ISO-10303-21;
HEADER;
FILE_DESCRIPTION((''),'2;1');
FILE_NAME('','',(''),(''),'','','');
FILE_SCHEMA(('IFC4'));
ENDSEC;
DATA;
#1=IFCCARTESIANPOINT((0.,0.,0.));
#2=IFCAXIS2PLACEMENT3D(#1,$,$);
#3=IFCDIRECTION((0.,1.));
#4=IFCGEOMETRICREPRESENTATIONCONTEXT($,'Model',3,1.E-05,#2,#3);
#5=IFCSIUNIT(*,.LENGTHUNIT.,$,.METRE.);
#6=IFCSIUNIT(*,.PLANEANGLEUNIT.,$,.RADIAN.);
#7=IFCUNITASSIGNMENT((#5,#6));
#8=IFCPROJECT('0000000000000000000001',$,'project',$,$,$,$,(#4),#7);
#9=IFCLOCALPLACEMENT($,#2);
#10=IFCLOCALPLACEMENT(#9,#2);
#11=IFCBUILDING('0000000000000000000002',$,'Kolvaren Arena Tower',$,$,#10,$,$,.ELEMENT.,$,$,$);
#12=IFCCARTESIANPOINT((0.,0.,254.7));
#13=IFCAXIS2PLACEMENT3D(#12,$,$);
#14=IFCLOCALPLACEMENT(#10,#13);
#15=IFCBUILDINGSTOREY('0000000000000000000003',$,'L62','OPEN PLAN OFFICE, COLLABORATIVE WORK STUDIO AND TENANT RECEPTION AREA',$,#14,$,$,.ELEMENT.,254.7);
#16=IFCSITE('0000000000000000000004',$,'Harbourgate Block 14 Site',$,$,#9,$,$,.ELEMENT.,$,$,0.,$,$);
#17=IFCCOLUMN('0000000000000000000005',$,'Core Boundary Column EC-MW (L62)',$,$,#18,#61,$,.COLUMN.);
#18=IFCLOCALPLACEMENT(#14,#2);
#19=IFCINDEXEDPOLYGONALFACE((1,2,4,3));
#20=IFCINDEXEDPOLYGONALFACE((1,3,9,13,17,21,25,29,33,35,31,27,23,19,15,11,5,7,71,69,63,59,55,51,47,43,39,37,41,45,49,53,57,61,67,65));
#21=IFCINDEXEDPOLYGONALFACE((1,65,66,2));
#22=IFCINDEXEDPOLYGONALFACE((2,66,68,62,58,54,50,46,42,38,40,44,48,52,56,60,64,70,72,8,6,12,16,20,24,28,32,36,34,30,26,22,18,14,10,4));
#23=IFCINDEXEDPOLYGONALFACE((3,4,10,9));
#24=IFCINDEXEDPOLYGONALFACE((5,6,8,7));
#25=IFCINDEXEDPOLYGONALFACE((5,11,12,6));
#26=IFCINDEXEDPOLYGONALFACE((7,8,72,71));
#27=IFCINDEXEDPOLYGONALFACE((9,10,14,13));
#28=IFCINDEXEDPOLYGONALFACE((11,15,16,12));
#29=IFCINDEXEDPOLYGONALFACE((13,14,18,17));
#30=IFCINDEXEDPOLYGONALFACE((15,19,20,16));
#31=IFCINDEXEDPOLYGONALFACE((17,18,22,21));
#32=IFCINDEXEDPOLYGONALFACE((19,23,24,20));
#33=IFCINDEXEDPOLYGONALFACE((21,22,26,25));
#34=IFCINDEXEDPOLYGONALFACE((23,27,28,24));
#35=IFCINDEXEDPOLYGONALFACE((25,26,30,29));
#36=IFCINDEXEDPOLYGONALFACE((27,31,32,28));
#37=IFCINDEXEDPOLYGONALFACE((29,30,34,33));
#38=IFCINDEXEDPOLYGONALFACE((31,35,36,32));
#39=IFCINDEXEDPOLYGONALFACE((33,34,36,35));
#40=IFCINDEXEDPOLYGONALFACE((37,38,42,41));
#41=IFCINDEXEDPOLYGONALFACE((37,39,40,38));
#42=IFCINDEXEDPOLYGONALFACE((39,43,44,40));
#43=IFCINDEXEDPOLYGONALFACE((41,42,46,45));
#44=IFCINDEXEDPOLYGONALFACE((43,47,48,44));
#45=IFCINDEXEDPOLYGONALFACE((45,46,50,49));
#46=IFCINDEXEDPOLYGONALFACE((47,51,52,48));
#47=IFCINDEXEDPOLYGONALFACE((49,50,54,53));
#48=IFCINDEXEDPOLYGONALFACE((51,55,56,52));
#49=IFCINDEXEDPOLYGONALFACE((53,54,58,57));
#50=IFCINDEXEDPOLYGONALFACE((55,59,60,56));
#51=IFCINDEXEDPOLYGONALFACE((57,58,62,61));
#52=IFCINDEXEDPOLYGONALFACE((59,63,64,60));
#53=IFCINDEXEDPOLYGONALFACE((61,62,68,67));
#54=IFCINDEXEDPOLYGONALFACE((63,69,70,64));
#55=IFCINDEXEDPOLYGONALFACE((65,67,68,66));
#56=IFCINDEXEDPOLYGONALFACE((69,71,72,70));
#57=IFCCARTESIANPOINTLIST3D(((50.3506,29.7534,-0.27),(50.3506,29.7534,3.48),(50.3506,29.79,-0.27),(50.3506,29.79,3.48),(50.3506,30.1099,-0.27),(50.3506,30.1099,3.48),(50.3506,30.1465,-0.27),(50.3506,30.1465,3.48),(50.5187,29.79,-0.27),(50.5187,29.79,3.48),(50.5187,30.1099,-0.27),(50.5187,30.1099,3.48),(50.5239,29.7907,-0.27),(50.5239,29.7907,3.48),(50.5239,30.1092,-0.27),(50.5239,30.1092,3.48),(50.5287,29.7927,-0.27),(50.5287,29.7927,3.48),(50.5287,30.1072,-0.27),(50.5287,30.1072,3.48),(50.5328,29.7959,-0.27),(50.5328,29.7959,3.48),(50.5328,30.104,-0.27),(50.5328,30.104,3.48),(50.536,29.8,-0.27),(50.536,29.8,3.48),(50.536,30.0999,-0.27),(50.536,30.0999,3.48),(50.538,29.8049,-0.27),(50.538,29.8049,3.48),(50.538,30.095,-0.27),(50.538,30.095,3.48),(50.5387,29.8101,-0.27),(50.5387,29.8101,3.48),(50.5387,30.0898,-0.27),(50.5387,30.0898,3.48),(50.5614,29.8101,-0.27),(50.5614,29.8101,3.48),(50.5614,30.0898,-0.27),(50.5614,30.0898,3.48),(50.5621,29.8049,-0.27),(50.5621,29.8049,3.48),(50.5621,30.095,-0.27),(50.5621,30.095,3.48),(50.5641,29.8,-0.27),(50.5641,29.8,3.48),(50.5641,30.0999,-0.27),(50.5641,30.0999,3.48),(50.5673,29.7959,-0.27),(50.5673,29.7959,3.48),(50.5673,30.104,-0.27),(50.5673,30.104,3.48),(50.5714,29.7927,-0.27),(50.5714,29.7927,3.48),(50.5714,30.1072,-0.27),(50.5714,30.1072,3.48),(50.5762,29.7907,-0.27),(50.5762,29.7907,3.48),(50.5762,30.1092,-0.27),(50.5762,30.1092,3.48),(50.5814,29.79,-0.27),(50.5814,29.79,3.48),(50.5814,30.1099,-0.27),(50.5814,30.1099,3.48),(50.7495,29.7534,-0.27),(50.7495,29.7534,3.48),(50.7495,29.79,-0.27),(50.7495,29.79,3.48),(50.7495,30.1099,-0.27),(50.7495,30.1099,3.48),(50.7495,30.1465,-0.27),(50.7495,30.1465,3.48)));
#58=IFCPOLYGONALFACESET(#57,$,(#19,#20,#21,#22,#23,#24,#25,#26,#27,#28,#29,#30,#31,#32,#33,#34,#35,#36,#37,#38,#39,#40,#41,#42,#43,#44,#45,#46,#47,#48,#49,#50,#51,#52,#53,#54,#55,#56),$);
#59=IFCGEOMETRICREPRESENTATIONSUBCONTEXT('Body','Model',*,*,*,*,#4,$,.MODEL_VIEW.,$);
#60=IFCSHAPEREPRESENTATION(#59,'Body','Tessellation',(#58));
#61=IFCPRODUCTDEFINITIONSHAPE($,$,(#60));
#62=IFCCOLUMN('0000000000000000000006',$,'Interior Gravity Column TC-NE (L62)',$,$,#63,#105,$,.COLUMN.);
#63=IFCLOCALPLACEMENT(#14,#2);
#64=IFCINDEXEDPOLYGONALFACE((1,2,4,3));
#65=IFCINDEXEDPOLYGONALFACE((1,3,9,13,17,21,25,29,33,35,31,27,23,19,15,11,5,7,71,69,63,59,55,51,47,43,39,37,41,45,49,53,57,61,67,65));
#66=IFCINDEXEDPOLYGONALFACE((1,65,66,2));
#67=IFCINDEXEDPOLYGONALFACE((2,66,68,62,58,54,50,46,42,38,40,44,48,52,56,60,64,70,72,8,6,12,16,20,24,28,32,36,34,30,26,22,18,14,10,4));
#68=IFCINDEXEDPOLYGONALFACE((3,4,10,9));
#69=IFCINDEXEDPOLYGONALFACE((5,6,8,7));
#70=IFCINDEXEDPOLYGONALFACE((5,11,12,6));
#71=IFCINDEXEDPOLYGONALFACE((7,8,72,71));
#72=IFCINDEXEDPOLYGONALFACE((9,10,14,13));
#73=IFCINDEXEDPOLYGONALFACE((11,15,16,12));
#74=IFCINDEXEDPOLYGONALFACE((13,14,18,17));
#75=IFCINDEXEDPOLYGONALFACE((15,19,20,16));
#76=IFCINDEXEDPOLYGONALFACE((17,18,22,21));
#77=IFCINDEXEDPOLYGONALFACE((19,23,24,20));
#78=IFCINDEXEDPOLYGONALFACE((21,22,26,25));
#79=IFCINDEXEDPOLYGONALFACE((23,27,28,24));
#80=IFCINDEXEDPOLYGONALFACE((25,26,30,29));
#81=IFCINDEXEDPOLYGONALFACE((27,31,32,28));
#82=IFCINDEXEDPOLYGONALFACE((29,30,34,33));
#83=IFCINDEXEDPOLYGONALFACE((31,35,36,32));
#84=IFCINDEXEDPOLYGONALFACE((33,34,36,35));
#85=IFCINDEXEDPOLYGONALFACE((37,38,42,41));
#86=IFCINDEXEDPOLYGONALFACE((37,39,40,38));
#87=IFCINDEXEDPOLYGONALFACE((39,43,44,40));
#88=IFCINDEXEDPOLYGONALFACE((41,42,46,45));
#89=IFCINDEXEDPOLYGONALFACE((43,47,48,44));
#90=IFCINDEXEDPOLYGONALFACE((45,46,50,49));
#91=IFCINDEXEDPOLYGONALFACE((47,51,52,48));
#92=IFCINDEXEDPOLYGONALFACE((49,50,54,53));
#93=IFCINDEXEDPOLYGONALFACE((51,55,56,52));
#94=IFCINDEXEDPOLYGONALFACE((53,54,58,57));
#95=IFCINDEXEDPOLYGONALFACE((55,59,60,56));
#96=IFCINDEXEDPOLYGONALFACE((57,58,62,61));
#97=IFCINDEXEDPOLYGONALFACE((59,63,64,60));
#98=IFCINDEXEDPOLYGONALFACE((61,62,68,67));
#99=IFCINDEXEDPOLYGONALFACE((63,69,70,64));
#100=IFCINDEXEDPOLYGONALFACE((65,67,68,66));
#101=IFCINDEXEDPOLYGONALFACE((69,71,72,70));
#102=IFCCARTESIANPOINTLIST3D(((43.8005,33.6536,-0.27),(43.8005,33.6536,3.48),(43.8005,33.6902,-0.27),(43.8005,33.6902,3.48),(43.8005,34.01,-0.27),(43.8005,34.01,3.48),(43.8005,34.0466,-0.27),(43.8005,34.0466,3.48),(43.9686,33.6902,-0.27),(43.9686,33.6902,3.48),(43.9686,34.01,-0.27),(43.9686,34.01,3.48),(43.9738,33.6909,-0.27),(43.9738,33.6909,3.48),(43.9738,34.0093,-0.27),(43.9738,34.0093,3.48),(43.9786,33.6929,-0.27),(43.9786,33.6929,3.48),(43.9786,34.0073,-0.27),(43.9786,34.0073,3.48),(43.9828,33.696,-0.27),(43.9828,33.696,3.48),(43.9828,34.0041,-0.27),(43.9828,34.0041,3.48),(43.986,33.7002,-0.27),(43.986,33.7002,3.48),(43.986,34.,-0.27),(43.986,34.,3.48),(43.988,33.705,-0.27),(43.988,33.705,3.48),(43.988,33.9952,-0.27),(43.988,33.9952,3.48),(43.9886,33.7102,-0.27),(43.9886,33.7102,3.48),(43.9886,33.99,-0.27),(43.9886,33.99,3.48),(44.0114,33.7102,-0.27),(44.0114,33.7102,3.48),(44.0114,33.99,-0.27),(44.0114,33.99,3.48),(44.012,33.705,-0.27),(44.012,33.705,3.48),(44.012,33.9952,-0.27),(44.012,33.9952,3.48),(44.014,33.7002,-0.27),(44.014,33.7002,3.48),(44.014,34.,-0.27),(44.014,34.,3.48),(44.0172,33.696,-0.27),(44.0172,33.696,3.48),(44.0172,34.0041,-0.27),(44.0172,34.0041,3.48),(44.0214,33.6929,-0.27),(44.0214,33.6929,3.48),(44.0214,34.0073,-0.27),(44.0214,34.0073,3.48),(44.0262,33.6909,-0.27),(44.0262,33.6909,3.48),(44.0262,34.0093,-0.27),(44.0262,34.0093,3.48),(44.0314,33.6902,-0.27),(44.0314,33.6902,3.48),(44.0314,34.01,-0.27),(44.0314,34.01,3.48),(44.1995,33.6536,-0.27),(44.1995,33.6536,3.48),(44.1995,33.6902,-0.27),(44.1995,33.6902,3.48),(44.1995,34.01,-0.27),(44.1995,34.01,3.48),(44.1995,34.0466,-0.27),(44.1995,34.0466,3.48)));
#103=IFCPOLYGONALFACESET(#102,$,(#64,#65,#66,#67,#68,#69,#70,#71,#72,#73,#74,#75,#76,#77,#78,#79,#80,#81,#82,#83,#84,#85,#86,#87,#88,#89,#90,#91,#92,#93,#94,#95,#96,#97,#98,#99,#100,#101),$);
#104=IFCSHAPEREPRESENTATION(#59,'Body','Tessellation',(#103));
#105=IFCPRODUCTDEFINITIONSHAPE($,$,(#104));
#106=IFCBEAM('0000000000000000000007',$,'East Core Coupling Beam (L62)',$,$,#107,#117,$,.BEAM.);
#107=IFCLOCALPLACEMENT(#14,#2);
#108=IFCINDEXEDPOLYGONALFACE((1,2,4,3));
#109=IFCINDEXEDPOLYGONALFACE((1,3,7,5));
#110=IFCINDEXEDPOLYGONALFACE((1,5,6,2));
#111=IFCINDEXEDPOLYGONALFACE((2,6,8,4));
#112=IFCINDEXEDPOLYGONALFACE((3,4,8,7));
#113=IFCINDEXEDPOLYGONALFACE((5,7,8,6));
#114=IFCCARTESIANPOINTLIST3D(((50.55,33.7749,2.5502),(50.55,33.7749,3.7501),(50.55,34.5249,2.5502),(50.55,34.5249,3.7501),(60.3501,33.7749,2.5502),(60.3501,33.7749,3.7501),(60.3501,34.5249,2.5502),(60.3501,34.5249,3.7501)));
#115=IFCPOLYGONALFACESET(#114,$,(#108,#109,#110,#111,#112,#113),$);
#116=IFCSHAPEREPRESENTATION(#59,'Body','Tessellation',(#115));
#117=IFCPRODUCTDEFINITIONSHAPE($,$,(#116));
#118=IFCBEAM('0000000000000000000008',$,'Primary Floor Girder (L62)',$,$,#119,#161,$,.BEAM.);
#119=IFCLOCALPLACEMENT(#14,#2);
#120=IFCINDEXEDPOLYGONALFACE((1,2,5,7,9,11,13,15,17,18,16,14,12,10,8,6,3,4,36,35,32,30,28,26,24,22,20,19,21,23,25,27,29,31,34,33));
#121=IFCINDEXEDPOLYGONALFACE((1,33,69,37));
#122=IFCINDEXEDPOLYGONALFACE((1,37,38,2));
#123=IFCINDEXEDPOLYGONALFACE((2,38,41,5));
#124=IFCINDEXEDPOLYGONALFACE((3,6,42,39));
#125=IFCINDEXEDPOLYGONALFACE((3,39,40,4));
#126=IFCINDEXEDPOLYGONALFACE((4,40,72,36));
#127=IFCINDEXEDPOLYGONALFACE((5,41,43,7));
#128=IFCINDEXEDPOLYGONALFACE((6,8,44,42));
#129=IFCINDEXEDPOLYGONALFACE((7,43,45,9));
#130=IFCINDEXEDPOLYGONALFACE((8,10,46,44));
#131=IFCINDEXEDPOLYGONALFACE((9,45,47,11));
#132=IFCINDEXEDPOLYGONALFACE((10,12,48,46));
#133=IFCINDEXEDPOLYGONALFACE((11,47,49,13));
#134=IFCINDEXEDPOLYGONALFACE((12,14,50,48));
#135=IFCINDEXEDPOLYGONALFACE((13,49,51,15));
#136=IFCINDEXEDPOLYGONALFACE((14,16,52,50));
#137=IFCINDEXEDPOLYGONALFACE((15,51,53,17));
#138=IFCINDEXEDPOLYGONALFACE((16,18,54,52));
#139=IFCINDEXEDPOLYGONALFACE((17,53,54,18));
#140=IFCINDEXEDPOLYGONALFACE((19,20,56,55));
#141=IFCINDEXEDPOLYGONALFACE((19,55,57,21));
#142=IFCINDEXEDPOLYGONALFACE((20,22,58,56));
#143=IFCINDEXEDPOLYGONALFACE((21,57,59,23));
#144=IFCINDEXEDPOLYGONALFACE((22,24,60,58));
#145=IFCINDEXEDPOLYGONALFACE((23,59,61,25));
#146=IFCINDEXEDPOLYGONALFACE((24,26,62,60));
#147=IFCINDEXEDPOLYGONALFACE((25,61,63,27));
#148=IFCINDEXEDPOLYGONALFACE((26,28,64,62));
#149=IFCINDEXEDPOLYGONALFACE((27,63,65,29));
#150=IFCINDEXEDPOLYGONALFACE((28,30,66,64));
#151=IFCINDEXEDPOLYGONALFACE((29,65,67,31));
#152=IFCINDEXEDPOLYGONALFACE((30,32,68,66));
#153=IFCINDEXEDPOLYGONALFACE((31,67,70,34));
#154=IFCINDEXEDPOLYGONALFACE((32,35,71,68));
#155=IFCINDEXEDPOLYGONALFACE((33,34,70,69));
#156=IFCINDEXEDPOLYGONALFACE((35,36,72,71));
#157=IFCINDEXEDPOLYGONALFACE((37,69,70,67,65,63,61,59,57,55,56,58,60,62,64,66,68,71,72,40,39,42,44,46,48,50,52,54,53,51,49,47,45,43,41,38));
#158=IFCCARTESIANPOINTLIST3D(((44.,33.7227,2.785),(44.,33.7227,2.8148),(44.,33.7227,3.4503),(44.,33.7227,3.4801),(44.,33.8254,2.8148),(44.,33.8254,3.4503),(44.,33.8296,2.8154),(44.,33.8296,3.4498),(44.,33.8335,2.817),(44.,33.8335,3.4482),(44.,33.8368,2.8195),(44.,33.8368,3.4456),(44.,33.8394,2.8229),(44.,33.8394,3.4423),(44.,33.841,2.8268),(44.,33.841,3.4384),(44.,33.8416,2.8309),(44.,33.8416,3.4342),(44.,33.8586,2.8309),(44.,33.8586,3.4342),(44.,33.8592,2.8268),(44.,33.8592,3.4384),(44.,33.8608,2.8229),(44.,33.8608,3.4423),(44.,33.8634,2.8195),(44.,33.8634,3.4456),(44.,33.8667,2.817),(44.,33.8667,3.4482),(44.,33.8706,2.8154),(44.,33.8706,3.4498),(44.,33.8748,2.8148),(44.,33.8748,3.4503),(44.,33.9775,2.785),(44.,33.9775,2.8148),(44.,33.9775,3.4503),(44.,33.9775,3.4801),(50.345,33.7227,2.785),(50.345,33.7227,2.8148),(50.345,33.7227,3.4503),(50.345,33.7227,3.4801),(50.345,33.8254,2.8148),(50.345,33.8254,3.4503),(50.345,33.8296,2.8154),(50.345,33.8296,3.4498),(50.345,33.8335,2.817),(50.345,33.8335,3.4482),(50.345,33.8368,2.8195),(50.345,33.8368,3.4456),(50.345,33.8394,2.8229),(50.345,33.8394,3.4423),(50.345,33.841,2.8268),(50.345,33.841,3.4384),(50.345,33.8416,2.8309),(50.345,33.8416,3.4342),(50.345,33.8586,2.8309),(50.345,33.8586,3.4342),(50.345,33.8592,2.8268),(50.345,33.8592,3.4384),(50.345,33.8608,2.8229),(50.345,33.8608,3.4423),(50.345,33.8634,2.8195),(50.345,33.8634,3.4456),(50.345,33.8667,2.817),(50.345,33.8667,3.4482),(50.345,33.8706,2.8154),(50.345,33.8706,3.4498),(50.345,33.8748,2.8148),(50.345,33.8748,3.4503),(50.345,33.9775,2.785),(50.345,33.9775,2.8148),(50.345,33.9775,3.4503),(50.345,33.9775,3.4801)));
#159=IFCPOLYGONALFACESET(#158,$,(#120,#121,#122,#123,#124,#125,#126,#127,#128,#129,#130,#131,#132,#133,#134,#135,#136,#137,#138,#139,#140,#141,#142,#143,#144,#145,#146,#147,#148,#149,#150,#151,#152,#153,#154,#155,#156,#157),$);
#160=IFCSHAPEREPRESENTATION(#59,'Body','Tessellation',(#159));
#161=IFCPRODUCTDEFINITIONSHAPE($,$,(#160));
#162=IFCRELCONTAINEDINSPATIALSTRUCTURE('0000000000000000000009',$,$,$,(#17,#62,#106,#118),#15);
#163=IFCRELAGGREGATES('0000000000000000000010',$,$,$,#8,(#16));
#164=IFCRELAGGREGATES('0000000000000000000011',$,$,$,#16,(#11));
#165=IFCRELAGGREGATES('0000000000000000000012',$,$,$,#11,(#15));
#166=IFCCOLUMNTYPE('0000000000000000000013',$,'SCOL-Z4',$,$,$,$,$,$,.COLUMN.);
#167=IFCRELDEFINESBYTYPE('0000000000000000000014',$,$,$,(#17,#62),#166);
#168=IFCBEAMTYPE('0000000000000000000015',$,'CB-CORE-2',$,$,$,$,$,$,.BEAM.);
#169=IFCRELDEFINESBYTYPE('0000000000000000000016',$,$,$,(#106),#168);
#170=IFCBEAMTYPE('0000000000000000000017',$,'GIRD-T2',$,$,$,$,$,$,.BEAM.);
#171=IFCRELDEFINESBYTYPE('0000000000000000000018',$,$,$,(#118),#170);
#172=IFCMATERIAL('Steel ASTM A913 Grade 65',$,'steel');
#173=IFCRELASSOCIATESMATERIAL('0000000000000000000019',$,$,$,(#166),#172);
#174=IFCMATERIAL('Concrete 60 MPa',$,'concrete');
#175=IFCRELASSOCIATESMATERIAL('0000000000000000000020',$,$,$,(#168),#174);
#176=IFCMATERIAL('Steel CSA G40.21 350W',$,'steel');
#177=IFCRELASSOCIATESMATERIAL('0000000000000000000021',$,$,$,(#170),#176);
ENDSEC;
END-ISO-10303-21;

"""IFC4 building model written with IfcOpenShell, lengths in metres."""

from ifc_helpers import new_model, si_unit, direction, frame, origin, origin_2d, place, context, subcontext, project, spatial, rectangle, i_section, extrude, material, material_profile, profile_set, type_object, element, save


model = new_model("IFC4")

# Units and contexts
model_context = context("Model", 3, precision=1e-05, world=origin(), true_north=direction((0.0, 1.0)))
body_context = subcontext(model_context, "Body", "Model", "MODEL_VIEW")
ifc_project = project(units=[si_unit("LENGTHUNIT", "METRE"), si_unit("PLANEANGLEUNIT", "RADIAN")], contexts=[model_context])

# Site, building, storey
site_placement = place(None, origin())
site = spatial("IfcSite", under=ifc_project, at=site_placement, Name="Harbourgate Block 14 Site", CompositionType="ELEMENT", RefElevation=0.0)
building_placement = place(site_placement, origin())
building = spatial("IfcBuilding", under=site, at=building_placement, Name="Kolvaren Arena Tower", CompositionType="ELEMENT")
storey_placement = place(building_placement, frame((0.0, 0.0, 254.7)))
storey = spatial("IfcBuildingStorey", under=building, at=storey_placement, Name="L62", Description="OPEN PLAN OFFICE, COLLABORATIVE WORK STUDIO AND TENANT RECEPTION AREA", CompositionType="ELEMENT", Elevation=254.7)

# Columns
ifc_material_1 = material(Name="Steel ASTM A913 Grade 65", Category="steel")
ifc_material_profile_1 = material_profile(ifc_material_1, i_section(OverallWidth=0.3989, OverallDepth=0.3931, WebThickness=0.0227, FlangeThickness=0.0366, FilletRadius=0.02, at=origin_2d()), Name="W360x287")
ifc_profile_set_1 = profile_set([ifc_material_profile_1], Name="Steel ASTM A913 Grade 65")
column_type = type_object("IfcColumnType", Name="SCOL-Z4", PredefinedType="COLUMN", material=ifc_profile_set_1)
for number, where, z_axis, x_axis, name in (
    (1, (50.55, 29.95, -0.27), (0.0, 0.0, 1.0), (1.0, 0.0, 0.0), "Core Boundary Column EC-MW (L62)"),
    (2, (44.0, 33.8501, -0.27), (0.0, 0.0, 1.0), (1.0, 0.0, 0.0), "Interior Gravity Column TC-NE (L62)"),
):
    element("IfcColumn", number, at=place(storey_placement, frame(where, z_axis=z_axis, x_axis=x_axis)), inside=storey, type_object=column_type, Name=name, PredefinedType="COLUMN", context=body_context, shape_type="SweptSolid", body=[
        extrude(i_section(OverallWidth=0.3989, OverallDepth=0.3931, WebThickness=0.0227, FlangeThickness=0.0366, FilletRadius=0.02, at=origin_2d()), origin(), (0.0, 0.0, 1.0), 3.75),
    ])

# Beams
ifc_material_2 = material(Name="Concrete 60 MPa", Category="concrete")
ifc_material_profile_2 = material_profile(ifc_material_2, rectangle(XDim=0.75, YDim=1.2, at=origin_2d()), Name="RC-750x1200")
ifc_profile_set_2 = profile_set([ifc_material_profile_2], Name="Concrete 60 MPa")
beam_type_1 = type_object("IfcBeamType", Name="CB-CORE-2", PredefinedType="BEAM", material=ifc_profile_set_2)
beam_1_placement = place(storey_placement, frame((50.55, 34.1499, 3.1501), z_axis=(1.0, 0.0, 0.0), x_axis=(0.0, 1.0, 0.0)))
element("IfcBeam", 3, at=beam_1_placement, inside=storey, type_object=beam_type_1, Name="East Core Coupling Beam (L62)", PredefinedType="BEAM", context=body_context, shape_type="SweptSolid", body=[
    extrude(rectangle(XDim=0.75, YDim=1.2, at=origin_2d()), origin(), (0.0, 0.0, 1.0), 9.8),
])
ifc_material_3 = material(Name="Steel CSA G40.21 350W", Category="steel")
ifc_material_profile_3 = material_profile(ifc_material_3, i_section(OverallWidth=0.2549, OverallDepth=0.6951, WebThickness=0.0171, FlangeThickness=0.0298, FilletRadius=0.0161, at=origin_2d()), Name="W690x217")
ifc_profile_set_3 = profile_set([ifc_material_profile_3], Name="Steel CSA G40.21 350W")
beam_type_2 = type_object("IfcBeamType", Name="GIRD-T2", PredefinedType="BEAM", material=ifc_profile_set_3)
beam_2_placement = place(storey_placement, frame((44.0, 33.8501, 3.1326), z_axis=(1.0, 0.0, 0.0), x_axis=(0.0, 1.0, 0.0)))
element("IfcBeam", 4, at=beam_2_placement, inside=storey, type_object=beam_type_2, Name="Primary Floor Girder (L62)", PredefinedType="BEAM", context=body_context, shape_type="SweptSolid", body=[
    extrude(i_section(OverallWidth=0.2549, OverallDepth=0.6951, WebThickness=0.0171, FlangeThickness=0.0298, FilletRadius=0.0161, at=origin_2d()), origin(), (0.0, 0.0, 1.0), 6.345),
])

save(model, "model.ifc")
